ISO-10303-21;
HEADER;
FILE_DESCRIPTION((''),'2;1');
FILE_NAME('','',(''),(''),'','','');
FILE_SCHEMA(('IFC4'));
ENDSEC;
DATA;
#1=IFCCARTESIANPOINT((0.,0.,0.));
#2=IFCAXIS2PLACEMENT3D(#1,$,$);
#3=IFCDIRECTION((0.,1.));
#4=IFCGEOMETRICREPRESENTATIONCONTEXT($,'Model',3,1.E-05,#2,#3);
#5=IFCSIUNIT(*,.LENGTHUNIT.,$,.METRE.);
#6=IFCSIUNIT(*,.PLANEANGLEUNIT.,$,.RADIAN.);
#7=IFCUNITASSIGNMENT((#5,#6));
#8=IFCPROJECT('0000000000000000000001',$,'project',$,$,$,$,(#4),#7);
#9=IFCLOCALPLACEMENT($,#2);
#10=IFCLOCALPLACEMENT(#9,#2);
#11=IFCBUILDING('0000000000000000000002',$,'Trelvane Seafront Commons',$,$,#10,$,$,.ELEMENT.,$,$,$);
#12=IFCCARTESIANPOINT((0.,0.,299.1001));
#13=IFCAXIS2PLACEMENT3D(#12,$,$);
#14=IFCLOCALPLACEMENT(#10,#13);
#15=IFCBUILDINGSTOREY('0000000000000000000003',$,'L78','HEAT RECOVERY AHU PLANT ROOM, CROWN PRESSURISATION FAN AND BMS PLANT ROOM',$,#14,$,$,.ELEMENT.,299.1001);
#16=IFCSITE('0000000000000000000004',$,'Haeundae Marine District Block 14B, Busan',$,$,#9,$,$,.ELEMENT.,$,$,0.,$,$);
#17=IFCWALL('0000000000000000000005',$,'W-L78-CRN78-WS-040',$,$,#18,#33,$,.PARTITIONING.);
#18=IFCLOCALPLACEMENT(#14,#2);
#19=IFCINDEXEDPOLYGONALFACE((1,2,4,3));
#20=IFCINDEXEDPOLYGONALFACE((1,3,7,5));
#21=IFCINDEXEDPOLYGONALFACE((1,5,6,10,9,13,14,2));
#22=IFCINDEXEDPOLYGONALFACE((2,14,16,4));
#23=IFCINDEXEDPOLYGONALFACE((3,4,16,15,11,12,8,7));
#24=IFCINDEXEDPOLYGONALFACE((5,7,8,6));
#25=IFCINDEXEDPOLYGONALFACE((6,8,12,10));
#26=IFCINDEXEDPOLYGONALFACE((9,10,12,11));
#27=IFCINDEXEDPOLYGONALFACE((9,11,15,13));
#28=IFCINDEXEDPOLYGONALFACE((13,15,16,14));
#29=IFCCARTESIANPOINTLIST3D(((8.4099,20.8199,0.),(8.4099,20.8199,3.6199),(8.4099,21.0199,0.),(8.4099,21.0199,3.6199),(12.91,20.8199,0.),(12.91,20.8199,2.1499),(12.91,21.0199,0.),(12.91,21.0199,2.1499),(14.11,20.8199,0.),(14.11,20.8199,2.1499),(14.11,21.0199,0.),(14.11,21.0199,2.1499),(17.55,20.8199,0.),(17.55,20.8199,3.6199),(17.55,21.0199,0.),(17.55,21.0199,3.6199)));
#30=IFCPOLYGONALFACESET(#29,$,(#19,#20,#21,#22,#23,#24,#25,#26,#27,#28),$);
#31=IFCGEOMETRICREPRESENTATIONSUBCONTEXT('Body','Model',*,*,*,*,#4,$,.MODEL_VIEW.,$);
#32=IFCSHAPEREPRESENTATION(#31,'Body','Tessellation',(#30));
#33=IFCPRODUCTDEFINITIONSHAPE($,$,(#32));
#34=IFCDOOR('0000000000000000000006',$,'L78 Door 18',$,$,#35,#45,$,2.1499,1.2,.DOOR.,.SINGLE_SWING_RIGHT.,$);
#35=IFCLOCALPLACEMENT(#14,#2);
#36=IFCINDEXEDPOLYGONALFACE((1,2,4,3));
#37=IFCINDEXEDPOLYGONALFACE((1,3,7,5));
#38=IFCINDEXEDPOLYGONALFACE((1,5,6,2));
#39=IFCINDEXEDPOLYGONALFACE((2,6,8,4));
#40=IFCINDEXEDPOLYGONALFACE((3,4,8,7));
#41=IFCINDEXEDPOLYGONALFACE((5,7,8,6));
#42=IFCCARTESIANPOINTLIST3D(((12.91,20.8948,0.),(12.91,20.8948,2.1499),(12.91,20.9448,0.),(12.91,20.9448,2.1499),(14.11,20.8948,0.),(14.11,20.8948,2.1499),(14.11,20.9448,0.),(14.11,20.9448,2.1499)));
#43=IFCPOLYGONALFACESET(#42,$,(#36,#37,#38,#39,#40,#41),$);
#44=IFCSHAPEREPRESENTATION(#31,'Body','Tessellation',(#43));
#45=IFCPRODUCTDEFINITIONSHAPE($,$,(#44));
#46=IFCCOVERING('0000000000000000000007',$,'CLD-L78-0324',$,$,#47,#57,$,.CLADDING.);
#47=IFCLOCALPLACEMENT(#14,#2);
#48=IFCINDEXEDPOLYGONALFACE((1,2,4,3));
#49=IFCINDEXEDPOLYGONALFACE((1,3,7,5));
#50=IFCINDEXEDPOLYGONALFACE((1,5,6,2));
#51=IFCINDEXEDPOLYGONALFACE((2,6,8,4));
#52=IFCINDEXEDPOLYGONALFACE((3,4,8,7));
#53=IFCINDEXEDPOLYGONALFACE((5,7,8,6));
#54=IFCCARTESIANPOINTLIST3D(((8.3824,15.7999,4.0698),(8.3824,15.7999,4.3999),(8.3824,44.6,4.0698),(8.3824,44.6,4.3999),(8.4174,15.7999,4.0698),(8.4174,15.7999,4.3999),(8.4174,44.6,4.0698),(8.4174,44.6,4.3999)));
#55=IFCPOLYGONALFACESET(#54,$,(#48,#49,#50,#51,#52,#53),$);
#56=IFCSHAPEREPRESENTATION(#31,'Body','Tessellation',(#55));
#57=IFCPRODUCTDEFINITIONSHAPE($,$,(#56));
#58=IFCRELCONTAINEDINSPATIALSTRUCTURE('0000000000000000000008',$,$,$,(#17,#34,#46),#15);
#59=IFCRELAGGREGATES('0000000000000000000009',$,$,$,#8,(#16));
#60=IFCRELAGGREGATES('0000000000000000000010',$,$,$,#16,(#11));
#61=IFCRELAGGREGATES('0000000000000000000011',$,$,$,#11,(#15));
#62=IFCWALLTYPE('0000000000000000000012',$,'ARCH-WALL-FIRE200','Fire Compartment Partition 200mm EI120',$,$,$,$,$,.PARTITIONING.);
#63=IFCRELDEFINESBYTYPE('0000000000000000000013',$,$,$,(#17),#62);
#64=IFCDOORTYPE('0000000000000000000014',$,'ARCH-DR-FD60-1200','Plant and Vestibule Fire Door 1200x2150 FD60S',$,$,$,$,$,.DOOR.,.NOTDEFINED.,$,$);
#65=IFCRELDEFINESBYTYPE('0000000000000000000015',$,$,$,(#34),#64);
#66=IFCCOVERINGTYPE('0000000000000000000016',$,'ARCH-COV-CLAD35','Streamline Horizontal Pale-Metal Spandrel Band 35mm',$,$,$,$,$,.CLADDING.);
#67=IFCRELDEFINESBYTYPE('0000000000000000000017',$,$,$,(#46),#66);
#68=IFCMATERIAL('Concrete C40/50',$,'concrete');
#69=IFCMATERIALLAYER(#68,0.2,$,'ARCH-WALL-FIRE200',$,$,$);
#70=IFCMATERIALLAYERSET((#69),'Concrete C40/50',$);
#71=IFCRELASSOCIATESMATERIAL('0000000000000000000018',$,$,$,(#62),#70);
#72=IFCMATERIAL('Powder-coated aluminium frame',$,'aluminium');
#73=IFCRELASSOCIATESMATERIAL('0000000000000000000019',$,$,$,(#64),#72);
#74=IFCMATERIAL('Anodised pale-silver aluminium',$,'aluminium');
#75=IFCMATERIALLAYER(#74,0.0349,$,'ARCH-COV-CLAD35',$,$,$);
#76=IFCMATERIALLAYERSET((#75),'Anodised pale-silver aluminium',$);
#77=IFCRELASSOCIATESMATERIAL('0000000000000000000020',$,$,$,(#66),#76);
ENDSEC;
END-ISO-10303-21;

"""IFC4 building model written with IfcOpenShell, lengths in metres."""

from ifc_helpers import new_model, si_unit, direction, frame, frame_2d, origin, origin_2d, place, context, subcontext, project, spatial, rectangle, extrude, source, transform, mapped, material, layer, layer_set, type_object, element, fill, save


model = new_model("IFC4")

# Units and contexts
model_context = context("Model", 3, precision=1e-05, world=origin(), true_north=direction((0.0, 1.0)))
body_context = subcontext(model_context, "Body", "Model", "MODEL_VIEW")
ifc_project = project(units=[si_unit("LENGTHUNIT", "METRE"), si_unit("PLANEANGLEUNIT", "RADIAN")], contexts=[model_context])

# Site, building, storey
site_placement = place(None, origin())
site = spatial("IfcSite", under=ifc_project, at=site_placement, Name="Haeundae Marine District Block 14B, Busan", CompositionType="ELEMENT", RefElevation=0.0)
building_placement = place(site_placement, origin())
building = spatial("IfcBuilding", under=site, at=building_placement, Name="Trelvane Seafront Commons", CompositionType="ELEMENT")
storey_placement = place(building_placement, frame((0.0, 0.0, 299.1001)))
storey = spatial("IfcBuildingStorey", under=building, at=storey_placement, Name="L78", Description="HEAT RECOVERY AHU PLANT ROOM, CROWN PRESSURISATION FAN AND BMS PLANT ROOM", CompositionType="ELEMENT", Elevation=299.1001)

# Shared definitions
ifc_material_1 = material(Name="Anodised pale-silver aluminium", Category="aluminium")

# Wall, opening, door
ifc_material_2 = material(Name="Concrete C40/50", Category="concrete")
ifc_layer_1 = layer(ifc_material_2, 0.2, Name="ARCH-WALL-FIRE200")
ifc_layer_set_1 = layer_set([ifc_layer_1], Name="Concrete C40/50")
wall_type = type_object("IfcWallType", Name="ARCH-WALL-FIRE200", Description="Fire Compartment Partition 200mm EI120", PredefinedType="PARTITIONING", material=ifc_layer_set_1)
wall_1_placement = place(storey_placement, frame((8.4099, 20.9199, 0.0), z_axis=(0.0, 0.0, 1.0), x_axis=(1.0, 0.0, 0.0)))
wall_1 = element("IfcWall", 1, at=wall_1_placement, inside=storey, type_object=wall_type, Name="W-L78-CRN78-WS-040", PredefinedType="PARTITIONING", context=body_context, shape_type="SweptSolid", body=[
    extrude(rectangle(XDim=9.1401, YDim=0.2, at=frame_2d((4.5701, 0.0))), origin(), (0.0, 0.0, 1.0), 3.6199),
])
opening_1_placement = place(wall_1_placement, frame((4.5, 0.0, 0.0)))
opening_1 = element("IfcOpeningElement", 2, at=opening_1_placement, cuts=wall_1, PredefinedType="OPENING", context=body_context, shape_type="SweptSolid", body=[
    extrude(rectangle(XDim=1.2, YDim=2.1499, at=frame_2d((0.6001, 1.075))), frame((0.0, 0.1099, 0.0), z_axis=(0.0, -1.0, 0.0), x_axis=(1.0, 0.0, 0.0)), (0.0, 0.0, 1.0), 0.22),
])
ifc_material_3 = material(Name="Powder-coated aluminium frame", Category="aluminium")
door_type = type_object("IfcDoorType", Name="ARCH-DR-FD60-1200", Description="Plant and Vestibule Fire Door 1200x2150 FD60S", OperationType="NOTDEFINED", PredefinedType="DOOR", material=ifc_material_3)
shared_shape_1 = source(origin(), body_context, "Body", "SweptSolid", [
    extrude(rectangle(XDim=1.2, YDim=2.1499, at=frame_2d((0.6001, 1.075))), frame((0.0, 0.0249, 0.0), z_axis=(0.0, -1.0, 0.0), x_axis=(1.0, 0.0, 0.0)), (0.0, 0.0, 1.0), 0.05),
])
door_1_placement = place(opening_1_placement, origin())
door_1 = element("IfcDoor", 3, at=door_1_placement, inside=storey, type_object=door_type, Name="L78 Door 18", OperationType="SINGLE_SWING_RIGHT", OverallHeight=2.1499, OverallWidth=1.2, PredefinedType="DOOR", context=body_context, shape_type="MappedRepresentation", body=[
    mapped(shared_shape_1, transform((0.0, 0.0, 0.0), x_axis=(1.0, 0.0, 0.0), y_axis=(0.0, 1.0, 0.0), z_axis=(0.0, 0.0, 1.0), scale=1.0)),
])
fill(opening_1, door_1)

# Covering
ifc_layer_2 = layer(ifc_material_1, 0.0349, Name="ARCH-COV-CLAD35")
ifc_layer_set_2 = layer_set([ifc_layer_2], Name="Anodised pale-silver aluminium")
covering_type = type_object("IfcCoveringType", Name="ARCH-COV-CLAD35", Description="Streamline Horizontal Pale-Metal Spandrel Band 35mm", PredefinedType="CLADDING", material=ifc_layer_set_2)
shared_shape_2 = source(origin(), body_context, "Body", "SweptSolid", [
    extrude(rectangle(XDim=28.8, YDim=0.0349, at=origin_2d()), origin(), (0.0, 0.0, 1.0), 0.3301),
])
covering_placement = place(storey_placement, frame((8.3999, 30.2, 4.0698), z_axis=(0.0, 0.0, 1.0), x_axis=(0.0, 1.0, 0.0)))
element("IfcCovering", 4, at=covering_placement, inside=storey, type_object=covering_type, Name="CLD-L78-0324", PredefinedType="CLADDING", context=body_context, shape_type="MappedRepresentation", body=[
    mapped(shared_shape_2, transform((0.0, 0.0, 0.0), x_axis=(1.0, 0.0, 0.0), y_axis=(0.0, 1.0, 0.0), z_axis=(0.0, 0.0, 1.0), scale=1.0)),
])

save(model, "model.ifc")
